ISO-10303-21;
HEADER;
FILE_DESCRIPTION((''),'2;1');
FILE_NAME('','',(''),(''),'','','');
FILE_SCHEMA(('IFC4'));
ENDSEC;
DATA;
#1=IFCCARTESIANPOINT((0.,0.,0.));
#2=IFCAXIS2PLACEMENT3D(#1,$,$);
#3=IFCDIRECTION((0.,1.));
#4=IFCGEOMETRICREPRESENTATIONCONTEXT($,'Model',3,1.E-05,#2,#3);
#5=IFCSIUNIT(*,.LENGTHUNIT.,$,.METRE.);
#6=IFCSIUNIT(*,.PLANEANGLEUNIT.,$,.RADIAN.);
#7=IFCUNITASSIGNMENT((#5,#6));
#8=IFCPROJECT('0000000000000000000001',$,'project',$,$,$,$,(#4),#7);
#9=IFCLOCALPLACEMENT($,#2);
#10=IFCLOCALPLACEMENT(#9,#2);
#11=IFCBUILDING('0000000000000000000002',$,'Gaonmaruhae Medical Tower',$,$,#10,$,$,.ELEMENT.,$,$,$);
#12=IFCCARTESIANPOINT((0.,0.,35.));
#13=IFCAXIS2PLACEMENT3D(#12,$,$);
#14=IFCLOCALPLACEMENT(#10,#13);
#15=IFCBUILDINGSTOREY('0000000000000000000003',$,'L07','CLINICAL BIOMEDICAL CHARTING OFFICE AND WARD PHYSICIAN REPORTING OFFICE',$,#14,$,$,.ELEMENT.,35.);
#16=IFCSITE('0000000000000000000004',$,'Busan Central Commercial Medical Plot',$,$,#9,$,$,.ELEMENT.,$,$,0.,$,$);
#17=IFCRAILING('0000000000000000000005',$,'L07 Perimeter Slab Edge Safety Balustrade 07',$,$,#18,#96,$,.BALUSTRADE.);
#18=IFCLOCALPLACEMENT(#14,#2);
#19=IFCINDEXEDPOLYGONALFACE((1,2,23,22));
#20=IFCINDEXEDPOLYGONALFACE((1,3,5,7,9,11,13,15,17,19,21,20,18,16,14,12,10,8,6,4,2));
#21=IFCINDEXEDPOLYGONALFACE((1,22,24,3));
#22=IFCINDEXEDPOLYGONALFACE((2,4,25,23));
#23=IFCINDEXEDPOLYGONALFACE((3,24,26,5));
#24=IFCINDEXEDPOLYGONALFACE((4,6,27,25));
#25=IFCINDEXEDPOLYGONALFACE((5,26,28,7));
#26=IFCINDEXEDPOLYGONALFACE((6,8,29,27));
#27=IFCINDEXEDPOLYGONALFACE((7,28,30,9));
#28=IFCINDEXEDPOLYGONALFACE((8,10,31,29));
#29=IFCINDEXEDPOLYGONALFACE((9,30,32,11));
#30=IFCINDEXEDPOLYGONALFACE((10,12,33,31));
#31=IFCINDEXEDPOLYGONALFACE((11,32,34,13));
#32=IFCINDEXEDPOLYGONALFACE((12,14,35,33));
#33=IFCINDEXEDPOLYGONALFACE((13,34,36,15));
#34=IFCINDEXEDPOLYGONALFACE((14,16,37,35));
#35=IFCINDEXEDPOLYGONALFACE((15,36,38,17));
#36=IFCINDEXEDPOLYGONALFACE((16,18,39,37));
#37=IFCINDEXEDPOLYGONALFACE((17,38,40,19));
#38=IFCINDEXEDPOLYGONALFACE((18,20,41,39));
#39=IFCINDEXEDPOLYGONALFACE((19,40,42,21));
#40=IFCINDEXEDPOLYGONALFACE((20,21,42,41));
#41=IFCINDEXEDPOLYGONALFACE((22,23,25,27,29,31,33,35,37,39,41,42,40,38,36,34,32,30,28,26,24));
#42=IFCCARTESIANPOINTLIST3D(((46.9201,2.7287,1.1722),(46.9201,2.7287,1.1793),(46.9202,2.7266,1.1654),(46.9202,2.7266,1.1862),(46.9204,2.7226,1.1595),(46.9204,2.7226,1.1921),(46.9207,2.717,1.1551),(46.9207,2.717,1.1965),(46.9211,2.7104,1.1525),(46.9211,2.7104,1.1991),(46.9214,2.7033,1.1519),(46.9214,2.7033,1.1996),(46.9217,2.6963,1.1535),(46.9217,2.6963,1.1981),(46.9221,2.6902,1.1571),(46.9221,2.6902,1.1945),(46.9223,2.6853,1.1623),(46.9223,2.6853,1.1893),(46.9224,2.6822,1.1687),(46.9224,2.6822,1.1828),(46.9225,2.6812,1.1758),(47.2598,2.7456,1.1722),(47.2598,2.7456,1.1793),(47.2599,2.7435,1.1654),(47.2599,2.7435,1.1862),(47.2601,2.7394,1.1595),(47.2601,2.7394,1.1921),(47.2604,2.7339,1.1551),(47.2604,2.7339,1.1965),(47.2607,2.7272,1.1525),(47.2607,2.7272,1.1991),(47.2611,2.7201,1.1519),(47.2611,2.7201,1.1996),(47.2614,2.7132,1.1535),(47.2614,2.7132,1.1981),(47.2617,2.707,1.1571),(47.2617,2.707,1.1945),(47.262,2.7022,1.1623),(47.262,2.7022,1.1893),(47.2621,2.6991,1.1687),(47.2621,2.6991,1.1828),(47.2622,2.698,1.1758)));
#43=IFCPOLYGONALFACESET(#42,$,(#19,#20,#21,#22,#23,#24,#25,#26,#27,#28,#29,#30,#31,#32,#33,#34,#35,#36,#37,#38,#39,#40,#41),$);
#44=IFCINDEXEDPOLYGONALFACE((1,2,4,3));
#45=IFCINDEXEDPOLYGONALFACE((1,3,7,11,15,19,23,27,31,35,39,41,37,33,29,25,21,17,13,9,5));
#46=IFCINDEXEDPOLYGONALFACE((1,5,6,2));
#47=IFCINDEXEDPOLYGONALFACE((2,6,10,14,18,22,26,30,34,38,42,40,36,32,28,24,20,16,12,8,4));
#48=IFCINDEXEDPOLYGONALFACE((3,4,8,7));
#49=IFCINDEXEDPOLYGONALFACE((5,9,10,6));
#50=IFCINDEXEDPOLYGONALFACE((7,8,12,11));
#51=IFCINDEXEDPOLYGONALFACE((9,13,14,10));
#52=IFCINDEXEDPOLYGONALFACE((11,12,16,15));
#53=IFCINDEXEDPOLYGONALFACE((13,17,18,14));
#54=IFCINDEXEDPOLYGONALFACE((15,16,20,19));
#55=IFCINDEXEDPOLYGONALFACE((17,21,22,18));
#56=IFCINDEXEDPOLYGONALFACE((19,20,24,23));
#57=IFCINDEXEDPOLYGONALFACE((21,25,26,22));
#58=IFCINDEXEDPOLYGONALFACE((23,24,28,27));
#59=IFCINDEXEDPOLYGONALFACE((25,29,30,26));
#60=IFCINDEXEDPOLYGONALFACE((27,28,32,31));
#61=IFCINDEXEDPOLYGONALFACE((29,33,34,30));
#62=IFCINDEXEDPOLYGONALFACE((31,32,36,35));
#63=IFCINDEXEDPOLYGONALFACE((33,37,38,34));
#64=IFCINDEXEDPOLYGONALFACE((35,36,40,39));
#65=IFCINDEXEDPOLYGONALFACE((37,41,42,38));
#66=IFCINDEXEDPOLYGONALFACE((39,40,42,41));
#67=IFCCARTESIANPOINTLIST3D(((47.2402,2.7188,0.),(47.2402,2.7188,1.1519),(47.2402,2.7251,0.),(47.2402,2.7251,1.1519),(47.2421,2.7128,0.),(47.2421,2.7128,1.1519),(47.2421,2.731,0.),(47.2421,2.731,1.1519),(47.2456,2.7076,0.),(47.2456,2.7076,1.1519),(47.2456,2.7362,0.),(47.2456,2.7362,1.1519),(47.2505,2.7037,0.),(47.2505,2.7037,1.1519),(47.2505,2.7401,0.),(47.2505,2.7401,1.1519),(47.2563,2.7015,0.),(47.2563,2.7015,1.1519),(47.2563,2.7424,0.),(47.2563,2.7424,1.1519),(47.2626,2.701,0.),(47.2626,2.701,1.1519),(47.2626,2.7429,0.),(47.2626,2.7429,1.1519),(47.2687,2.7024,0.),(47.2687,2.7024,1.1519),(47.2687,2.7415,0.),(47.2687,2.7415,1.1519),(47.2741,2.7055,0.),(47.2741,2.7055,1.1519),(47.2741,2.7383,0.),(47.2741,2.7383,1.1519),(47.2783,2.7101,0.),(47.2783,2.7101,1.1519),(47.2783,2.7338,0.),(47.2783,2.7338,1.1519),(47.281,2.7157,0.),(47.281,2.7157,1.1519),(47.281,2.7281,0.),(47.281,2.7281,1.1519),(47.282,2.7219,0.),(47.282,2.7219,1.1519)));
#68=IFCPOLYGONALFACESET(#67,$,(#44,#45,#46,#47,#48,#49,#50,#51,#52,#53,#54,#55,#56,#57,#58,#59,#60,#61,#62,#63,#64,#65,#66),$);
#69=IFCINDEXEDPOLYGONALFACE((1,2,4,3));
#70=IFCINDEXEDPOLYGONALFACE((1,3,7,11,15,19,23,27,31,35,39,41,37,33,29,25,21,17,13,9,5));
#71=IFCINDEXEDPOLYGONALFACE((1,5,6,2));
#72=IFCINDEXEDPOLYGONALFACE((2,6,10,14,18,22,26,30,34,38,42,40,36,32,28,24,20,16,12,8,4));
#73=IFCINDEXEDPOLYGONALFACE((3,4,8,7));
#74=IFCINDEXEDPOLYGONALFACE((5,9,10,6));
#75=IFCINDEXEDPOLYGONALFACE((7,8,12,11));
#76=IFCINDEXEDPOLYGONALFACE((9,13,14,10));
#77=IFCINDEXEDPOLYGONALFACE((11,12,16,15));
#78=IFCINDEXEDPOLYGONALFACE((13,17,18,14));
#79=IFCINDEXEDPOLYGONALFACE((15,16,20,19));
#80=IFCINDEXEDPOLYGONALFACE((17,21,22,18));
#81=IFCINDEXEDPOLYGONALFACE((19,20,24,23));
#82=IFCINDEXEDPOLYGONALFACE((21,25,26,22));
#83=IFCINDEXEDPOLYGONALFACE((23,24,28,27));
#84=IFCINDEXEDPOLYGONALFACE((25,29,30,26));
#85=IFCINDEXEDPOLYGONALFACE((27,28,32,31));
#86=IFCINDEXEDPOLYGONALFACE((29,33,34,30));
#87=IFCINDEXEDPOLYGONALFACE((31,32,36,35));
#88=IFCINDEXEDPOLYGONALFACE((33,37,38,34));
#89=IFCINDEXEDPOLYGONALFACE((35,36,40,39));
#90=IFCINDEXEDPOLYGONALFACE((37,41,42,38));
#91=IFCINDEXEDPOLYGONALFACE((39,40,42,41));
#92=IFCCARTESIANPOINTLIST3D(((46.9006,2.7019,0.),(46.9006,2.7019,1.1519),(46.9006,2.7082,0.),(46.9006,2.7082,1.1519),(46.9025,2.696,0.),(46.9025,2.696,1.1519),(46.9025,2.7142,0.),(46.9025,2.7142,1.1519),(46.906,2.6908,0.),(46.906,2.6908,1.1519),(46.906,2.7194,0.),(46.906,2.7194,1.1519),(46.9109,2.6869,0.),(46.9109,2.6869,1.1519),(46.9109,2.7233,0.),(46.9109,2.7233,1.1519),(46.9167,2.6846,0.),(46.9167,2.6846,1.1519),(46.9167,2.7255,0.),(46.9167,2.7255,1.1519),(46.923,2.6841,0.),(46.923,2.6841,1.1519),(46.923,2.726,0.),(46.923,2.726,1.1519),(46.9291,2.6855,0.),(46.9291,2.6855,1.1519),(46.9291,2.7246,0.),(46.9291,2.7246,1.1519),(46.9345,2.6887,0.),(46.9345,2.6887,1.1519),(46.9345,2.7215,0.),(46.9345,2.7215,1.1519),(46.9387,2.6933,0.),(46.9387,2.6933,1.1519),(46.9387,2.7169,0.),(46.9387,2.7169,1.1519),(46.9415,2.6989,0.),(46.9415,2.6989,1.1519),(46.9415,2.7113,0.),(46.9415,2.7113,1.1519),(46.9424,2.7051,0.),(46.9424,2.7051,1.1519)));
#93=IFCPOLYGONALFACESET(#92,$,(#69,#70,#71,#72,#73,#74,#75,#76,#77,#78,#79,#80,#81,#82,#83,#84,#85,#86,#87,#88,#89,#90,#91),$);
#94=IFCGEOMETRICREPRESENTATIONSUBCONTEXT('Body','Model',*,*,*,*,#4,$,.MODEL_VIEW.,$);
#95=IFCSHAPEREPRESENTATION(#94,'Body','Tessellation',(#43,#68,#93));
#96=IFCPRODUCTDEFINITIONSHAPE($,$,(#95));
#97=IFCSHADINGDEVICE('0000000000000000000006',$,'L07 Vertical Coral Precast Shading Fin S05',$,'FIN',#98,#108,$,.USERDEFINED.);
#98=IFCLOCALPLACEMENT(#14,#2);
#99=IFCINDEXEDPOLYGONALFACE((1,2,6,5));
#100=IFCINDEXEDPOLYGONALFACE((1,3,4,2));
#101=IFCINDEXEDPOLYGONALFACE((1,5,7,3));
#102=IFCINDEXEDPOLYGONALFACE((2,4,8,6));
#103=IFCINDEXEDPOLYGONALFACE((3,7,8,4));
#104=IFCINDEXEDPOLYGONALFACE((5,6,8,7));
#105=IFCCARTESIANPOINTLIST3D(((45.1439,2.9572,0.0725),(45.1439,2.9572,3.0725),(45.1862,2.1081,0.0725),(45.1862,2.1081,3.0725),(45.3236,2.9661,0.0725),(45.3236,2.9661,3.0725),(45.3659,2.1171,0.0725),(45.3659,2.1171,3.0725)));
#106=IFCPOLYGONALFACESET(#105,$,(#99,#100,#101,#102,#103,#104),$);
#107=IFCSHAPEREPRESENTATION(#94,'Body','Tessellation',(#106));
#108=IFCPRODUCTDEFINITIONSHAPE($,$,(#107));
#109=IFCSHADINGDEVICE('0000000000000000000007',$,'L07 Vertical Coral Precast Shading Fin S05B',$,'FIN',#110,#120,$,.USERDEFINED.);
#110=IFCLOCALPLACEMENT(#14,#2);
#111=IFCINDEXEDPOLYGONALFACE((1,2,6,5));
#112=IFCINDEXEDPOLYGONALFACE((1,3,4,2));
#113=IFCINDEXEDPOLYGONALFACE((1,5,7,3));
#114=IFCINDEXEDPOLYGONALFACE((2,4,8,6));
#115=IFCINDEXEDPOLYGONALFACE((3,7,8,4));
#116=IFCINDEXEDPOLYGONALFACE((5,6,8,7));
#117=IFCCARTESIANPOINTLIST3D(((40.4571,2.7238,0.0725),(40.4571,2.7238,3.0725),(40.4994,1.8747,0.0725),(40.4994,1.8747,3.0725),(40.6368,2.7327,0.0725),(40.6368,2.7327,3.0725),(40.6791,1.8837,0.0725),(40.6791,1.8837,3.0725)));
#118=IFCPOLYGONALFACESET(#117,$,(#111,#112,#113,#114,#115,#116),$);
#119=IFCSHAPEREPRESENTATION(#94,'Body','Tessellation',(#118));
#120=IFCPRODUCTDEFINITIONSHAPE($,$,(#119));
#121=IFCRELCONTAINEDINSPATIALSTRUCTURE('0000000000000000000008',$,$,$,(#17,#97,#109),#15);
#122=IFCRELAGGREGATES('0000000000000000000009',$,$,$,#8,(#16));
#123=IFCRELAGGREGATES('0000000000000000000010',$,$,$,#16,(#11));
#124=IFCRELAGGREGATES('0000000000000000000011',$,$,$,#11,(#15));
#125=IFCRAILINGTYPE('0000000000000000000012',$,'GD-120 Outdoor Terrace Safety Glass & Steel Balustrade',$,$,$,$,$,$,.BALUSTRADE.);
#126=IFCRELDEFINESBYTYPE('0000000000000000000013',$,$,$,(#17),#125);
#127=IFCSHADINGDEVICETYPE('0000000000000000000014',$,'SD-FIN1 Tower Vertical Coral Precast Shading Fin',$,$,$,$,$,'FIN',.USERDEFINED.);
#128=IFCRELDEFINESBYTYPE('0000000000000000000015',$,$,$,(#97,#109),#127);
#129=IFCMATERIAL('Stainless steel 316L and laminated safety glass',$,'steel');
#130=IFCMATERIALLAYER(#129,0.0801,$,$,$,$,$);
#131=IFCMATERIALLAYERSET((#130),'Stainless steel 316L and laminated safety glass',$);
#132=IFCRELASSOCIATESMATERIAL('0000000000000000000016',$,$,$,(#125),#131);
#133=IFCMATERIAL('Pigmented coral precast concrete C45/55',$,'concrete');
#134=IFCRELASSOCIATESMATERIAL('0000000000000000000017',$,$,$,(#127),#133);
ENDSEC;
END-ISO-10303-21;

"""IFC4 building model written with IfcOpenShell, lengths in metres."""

from ifc_helpers import new_model, si_unit, direction, frame, origin, origin_2d, place, context, subcontext, project, spatial, rectangle, circle, extrude, material, layer, layer_set, type_object, element, save


model = new_model("IFC4")

# Units and contexts
model_context = context("Model", 3, precision=1e-05, world=origin(), true_north=direction((0.0, 1.0)))
body_context = subcontext(model_context, "Body", "Model", "MODEL_VIEW")
ifc_project = project(units=[si_unit("LENGTHUNIT", "METRE"), si_unit("PLANEANGLEUNIT", "RADIAN")], contexts=[model_context])

# Site, building, storey
site_placement = place(None, origin())
site = spatial("IfcSite", under=ifc_project, at=site_placement, Name="Busan Central Commercial Medical Plot", CompositionType="ELEMENT", RefElevation=0.0)
building_placement = place(site_placement, origin())
building = spatial("IfcBuilding", under=site, at=building_placement, Name="Gaonmaruhae Medical Tower", CompositionType="ELEMENT")
storey_placement = place(building_placement, frame((0.0, 0.0, 35.0)))
storey = spatial("IfcBuildingStorey", under=building, at=storey_placement, Name="L07", Description="CLINICAL BIOMEDICAL CHARTING OFFICE AND WARD PHYSICIAN REPORTING OFFICE", CompositionType="ELEMENT", Elevation=35.0)

# Railing
ifc_material_1 = material(Name="Stainless steel 316L and laminated safety glass", Category="steel")
ifc_layer_1 = layer(ifc_material_1, 0.0801)
ifc_layer_set_1 = layer_set([ifc_layer_1], Name="Stainless steel 316L and laminated safety glass")
railing_type = type_object("IfcRailingType", Name="GD-120 Outdoor Terrace Safety Glass & Steel Balustrade", PredefinedType="BALUSTRADE", material=ifc_layer_set_1)
railing_placement = place(storey_placement, frame((47.261, 2.7219, 0.0)))
element("IfcRailing", 1, at=railing_placement, inside=storey, type_object=railing_type, Name="L07 Perimeter Slab Edge Safety Balustrade 07", PredefinedType="BALUSTRADE", context=body_context, shape_type="SweptSolid", body=[
    extrude(circle(Radius=0.0239, at=origin_2d()), frame((0.0, 0.0, 1.1758), z_axis=(-0.998772, -0.049544, 0.0), x_axis=(0.049544, -0.998772, 0.0)), (0.0, 0.0, 1.0), 0.3401),
    extrude(circle(Radius=0.021, at=origin_2d()), origin(), (0.0, 0.0, 1.0), 1.1519),
    extrude(circle(Radius=0.021, at=origin_2d()), frame((-0.3396, -0.0168, 0.0)), (0.0, 0.0, 1.0), 1.1519),
])

# Shading devices
ifc_material_2 = material(Name="Pigmented coral precast concrete C45/55", Category="concrete")
shading_device_type = type_object("IfcShadingDeviceType", Name="SD-FIN1 Tower Vertical Coral Precast Shading Fin", ElementType="FIN", PredefinedType="USERDEFINED", material=ifc_material_2)
for number, where, z_axis, x_axis, name in (
    (2, (45.2549, 2.5371, 0.0725), (0.0, 0.0, 1.0), (-0.998763, -0.049721, 0.0), "L07 Vertical Coral Precast Shading Fin S05"),
    (3, (40.5681, 2.3037, 0.0725), (0.0, 0.0, 1.0), (-0.998763, -0.049721, 0.0), "L07 Vertical Coral Precast Shading Fin S05B"),
):
    element("IfcShadingDevice", number, at=place(storey_placement, frame(where, z_axis=z_axis, x_axis=x_axis)), inside=storey, type_object=shading_device_type, Name=name, ObjectType="FIN", PredefinedType="USERDEFINED", context=body_context, shape_type="SweptSolid", body=[
        extrude(rectangle(XDim=0.1799, YDim=0.8501, at=origin_2d()), origin(), (0.0, 0.0, 1.0), 3.0),
    ])

save(model, "model.ifc")
